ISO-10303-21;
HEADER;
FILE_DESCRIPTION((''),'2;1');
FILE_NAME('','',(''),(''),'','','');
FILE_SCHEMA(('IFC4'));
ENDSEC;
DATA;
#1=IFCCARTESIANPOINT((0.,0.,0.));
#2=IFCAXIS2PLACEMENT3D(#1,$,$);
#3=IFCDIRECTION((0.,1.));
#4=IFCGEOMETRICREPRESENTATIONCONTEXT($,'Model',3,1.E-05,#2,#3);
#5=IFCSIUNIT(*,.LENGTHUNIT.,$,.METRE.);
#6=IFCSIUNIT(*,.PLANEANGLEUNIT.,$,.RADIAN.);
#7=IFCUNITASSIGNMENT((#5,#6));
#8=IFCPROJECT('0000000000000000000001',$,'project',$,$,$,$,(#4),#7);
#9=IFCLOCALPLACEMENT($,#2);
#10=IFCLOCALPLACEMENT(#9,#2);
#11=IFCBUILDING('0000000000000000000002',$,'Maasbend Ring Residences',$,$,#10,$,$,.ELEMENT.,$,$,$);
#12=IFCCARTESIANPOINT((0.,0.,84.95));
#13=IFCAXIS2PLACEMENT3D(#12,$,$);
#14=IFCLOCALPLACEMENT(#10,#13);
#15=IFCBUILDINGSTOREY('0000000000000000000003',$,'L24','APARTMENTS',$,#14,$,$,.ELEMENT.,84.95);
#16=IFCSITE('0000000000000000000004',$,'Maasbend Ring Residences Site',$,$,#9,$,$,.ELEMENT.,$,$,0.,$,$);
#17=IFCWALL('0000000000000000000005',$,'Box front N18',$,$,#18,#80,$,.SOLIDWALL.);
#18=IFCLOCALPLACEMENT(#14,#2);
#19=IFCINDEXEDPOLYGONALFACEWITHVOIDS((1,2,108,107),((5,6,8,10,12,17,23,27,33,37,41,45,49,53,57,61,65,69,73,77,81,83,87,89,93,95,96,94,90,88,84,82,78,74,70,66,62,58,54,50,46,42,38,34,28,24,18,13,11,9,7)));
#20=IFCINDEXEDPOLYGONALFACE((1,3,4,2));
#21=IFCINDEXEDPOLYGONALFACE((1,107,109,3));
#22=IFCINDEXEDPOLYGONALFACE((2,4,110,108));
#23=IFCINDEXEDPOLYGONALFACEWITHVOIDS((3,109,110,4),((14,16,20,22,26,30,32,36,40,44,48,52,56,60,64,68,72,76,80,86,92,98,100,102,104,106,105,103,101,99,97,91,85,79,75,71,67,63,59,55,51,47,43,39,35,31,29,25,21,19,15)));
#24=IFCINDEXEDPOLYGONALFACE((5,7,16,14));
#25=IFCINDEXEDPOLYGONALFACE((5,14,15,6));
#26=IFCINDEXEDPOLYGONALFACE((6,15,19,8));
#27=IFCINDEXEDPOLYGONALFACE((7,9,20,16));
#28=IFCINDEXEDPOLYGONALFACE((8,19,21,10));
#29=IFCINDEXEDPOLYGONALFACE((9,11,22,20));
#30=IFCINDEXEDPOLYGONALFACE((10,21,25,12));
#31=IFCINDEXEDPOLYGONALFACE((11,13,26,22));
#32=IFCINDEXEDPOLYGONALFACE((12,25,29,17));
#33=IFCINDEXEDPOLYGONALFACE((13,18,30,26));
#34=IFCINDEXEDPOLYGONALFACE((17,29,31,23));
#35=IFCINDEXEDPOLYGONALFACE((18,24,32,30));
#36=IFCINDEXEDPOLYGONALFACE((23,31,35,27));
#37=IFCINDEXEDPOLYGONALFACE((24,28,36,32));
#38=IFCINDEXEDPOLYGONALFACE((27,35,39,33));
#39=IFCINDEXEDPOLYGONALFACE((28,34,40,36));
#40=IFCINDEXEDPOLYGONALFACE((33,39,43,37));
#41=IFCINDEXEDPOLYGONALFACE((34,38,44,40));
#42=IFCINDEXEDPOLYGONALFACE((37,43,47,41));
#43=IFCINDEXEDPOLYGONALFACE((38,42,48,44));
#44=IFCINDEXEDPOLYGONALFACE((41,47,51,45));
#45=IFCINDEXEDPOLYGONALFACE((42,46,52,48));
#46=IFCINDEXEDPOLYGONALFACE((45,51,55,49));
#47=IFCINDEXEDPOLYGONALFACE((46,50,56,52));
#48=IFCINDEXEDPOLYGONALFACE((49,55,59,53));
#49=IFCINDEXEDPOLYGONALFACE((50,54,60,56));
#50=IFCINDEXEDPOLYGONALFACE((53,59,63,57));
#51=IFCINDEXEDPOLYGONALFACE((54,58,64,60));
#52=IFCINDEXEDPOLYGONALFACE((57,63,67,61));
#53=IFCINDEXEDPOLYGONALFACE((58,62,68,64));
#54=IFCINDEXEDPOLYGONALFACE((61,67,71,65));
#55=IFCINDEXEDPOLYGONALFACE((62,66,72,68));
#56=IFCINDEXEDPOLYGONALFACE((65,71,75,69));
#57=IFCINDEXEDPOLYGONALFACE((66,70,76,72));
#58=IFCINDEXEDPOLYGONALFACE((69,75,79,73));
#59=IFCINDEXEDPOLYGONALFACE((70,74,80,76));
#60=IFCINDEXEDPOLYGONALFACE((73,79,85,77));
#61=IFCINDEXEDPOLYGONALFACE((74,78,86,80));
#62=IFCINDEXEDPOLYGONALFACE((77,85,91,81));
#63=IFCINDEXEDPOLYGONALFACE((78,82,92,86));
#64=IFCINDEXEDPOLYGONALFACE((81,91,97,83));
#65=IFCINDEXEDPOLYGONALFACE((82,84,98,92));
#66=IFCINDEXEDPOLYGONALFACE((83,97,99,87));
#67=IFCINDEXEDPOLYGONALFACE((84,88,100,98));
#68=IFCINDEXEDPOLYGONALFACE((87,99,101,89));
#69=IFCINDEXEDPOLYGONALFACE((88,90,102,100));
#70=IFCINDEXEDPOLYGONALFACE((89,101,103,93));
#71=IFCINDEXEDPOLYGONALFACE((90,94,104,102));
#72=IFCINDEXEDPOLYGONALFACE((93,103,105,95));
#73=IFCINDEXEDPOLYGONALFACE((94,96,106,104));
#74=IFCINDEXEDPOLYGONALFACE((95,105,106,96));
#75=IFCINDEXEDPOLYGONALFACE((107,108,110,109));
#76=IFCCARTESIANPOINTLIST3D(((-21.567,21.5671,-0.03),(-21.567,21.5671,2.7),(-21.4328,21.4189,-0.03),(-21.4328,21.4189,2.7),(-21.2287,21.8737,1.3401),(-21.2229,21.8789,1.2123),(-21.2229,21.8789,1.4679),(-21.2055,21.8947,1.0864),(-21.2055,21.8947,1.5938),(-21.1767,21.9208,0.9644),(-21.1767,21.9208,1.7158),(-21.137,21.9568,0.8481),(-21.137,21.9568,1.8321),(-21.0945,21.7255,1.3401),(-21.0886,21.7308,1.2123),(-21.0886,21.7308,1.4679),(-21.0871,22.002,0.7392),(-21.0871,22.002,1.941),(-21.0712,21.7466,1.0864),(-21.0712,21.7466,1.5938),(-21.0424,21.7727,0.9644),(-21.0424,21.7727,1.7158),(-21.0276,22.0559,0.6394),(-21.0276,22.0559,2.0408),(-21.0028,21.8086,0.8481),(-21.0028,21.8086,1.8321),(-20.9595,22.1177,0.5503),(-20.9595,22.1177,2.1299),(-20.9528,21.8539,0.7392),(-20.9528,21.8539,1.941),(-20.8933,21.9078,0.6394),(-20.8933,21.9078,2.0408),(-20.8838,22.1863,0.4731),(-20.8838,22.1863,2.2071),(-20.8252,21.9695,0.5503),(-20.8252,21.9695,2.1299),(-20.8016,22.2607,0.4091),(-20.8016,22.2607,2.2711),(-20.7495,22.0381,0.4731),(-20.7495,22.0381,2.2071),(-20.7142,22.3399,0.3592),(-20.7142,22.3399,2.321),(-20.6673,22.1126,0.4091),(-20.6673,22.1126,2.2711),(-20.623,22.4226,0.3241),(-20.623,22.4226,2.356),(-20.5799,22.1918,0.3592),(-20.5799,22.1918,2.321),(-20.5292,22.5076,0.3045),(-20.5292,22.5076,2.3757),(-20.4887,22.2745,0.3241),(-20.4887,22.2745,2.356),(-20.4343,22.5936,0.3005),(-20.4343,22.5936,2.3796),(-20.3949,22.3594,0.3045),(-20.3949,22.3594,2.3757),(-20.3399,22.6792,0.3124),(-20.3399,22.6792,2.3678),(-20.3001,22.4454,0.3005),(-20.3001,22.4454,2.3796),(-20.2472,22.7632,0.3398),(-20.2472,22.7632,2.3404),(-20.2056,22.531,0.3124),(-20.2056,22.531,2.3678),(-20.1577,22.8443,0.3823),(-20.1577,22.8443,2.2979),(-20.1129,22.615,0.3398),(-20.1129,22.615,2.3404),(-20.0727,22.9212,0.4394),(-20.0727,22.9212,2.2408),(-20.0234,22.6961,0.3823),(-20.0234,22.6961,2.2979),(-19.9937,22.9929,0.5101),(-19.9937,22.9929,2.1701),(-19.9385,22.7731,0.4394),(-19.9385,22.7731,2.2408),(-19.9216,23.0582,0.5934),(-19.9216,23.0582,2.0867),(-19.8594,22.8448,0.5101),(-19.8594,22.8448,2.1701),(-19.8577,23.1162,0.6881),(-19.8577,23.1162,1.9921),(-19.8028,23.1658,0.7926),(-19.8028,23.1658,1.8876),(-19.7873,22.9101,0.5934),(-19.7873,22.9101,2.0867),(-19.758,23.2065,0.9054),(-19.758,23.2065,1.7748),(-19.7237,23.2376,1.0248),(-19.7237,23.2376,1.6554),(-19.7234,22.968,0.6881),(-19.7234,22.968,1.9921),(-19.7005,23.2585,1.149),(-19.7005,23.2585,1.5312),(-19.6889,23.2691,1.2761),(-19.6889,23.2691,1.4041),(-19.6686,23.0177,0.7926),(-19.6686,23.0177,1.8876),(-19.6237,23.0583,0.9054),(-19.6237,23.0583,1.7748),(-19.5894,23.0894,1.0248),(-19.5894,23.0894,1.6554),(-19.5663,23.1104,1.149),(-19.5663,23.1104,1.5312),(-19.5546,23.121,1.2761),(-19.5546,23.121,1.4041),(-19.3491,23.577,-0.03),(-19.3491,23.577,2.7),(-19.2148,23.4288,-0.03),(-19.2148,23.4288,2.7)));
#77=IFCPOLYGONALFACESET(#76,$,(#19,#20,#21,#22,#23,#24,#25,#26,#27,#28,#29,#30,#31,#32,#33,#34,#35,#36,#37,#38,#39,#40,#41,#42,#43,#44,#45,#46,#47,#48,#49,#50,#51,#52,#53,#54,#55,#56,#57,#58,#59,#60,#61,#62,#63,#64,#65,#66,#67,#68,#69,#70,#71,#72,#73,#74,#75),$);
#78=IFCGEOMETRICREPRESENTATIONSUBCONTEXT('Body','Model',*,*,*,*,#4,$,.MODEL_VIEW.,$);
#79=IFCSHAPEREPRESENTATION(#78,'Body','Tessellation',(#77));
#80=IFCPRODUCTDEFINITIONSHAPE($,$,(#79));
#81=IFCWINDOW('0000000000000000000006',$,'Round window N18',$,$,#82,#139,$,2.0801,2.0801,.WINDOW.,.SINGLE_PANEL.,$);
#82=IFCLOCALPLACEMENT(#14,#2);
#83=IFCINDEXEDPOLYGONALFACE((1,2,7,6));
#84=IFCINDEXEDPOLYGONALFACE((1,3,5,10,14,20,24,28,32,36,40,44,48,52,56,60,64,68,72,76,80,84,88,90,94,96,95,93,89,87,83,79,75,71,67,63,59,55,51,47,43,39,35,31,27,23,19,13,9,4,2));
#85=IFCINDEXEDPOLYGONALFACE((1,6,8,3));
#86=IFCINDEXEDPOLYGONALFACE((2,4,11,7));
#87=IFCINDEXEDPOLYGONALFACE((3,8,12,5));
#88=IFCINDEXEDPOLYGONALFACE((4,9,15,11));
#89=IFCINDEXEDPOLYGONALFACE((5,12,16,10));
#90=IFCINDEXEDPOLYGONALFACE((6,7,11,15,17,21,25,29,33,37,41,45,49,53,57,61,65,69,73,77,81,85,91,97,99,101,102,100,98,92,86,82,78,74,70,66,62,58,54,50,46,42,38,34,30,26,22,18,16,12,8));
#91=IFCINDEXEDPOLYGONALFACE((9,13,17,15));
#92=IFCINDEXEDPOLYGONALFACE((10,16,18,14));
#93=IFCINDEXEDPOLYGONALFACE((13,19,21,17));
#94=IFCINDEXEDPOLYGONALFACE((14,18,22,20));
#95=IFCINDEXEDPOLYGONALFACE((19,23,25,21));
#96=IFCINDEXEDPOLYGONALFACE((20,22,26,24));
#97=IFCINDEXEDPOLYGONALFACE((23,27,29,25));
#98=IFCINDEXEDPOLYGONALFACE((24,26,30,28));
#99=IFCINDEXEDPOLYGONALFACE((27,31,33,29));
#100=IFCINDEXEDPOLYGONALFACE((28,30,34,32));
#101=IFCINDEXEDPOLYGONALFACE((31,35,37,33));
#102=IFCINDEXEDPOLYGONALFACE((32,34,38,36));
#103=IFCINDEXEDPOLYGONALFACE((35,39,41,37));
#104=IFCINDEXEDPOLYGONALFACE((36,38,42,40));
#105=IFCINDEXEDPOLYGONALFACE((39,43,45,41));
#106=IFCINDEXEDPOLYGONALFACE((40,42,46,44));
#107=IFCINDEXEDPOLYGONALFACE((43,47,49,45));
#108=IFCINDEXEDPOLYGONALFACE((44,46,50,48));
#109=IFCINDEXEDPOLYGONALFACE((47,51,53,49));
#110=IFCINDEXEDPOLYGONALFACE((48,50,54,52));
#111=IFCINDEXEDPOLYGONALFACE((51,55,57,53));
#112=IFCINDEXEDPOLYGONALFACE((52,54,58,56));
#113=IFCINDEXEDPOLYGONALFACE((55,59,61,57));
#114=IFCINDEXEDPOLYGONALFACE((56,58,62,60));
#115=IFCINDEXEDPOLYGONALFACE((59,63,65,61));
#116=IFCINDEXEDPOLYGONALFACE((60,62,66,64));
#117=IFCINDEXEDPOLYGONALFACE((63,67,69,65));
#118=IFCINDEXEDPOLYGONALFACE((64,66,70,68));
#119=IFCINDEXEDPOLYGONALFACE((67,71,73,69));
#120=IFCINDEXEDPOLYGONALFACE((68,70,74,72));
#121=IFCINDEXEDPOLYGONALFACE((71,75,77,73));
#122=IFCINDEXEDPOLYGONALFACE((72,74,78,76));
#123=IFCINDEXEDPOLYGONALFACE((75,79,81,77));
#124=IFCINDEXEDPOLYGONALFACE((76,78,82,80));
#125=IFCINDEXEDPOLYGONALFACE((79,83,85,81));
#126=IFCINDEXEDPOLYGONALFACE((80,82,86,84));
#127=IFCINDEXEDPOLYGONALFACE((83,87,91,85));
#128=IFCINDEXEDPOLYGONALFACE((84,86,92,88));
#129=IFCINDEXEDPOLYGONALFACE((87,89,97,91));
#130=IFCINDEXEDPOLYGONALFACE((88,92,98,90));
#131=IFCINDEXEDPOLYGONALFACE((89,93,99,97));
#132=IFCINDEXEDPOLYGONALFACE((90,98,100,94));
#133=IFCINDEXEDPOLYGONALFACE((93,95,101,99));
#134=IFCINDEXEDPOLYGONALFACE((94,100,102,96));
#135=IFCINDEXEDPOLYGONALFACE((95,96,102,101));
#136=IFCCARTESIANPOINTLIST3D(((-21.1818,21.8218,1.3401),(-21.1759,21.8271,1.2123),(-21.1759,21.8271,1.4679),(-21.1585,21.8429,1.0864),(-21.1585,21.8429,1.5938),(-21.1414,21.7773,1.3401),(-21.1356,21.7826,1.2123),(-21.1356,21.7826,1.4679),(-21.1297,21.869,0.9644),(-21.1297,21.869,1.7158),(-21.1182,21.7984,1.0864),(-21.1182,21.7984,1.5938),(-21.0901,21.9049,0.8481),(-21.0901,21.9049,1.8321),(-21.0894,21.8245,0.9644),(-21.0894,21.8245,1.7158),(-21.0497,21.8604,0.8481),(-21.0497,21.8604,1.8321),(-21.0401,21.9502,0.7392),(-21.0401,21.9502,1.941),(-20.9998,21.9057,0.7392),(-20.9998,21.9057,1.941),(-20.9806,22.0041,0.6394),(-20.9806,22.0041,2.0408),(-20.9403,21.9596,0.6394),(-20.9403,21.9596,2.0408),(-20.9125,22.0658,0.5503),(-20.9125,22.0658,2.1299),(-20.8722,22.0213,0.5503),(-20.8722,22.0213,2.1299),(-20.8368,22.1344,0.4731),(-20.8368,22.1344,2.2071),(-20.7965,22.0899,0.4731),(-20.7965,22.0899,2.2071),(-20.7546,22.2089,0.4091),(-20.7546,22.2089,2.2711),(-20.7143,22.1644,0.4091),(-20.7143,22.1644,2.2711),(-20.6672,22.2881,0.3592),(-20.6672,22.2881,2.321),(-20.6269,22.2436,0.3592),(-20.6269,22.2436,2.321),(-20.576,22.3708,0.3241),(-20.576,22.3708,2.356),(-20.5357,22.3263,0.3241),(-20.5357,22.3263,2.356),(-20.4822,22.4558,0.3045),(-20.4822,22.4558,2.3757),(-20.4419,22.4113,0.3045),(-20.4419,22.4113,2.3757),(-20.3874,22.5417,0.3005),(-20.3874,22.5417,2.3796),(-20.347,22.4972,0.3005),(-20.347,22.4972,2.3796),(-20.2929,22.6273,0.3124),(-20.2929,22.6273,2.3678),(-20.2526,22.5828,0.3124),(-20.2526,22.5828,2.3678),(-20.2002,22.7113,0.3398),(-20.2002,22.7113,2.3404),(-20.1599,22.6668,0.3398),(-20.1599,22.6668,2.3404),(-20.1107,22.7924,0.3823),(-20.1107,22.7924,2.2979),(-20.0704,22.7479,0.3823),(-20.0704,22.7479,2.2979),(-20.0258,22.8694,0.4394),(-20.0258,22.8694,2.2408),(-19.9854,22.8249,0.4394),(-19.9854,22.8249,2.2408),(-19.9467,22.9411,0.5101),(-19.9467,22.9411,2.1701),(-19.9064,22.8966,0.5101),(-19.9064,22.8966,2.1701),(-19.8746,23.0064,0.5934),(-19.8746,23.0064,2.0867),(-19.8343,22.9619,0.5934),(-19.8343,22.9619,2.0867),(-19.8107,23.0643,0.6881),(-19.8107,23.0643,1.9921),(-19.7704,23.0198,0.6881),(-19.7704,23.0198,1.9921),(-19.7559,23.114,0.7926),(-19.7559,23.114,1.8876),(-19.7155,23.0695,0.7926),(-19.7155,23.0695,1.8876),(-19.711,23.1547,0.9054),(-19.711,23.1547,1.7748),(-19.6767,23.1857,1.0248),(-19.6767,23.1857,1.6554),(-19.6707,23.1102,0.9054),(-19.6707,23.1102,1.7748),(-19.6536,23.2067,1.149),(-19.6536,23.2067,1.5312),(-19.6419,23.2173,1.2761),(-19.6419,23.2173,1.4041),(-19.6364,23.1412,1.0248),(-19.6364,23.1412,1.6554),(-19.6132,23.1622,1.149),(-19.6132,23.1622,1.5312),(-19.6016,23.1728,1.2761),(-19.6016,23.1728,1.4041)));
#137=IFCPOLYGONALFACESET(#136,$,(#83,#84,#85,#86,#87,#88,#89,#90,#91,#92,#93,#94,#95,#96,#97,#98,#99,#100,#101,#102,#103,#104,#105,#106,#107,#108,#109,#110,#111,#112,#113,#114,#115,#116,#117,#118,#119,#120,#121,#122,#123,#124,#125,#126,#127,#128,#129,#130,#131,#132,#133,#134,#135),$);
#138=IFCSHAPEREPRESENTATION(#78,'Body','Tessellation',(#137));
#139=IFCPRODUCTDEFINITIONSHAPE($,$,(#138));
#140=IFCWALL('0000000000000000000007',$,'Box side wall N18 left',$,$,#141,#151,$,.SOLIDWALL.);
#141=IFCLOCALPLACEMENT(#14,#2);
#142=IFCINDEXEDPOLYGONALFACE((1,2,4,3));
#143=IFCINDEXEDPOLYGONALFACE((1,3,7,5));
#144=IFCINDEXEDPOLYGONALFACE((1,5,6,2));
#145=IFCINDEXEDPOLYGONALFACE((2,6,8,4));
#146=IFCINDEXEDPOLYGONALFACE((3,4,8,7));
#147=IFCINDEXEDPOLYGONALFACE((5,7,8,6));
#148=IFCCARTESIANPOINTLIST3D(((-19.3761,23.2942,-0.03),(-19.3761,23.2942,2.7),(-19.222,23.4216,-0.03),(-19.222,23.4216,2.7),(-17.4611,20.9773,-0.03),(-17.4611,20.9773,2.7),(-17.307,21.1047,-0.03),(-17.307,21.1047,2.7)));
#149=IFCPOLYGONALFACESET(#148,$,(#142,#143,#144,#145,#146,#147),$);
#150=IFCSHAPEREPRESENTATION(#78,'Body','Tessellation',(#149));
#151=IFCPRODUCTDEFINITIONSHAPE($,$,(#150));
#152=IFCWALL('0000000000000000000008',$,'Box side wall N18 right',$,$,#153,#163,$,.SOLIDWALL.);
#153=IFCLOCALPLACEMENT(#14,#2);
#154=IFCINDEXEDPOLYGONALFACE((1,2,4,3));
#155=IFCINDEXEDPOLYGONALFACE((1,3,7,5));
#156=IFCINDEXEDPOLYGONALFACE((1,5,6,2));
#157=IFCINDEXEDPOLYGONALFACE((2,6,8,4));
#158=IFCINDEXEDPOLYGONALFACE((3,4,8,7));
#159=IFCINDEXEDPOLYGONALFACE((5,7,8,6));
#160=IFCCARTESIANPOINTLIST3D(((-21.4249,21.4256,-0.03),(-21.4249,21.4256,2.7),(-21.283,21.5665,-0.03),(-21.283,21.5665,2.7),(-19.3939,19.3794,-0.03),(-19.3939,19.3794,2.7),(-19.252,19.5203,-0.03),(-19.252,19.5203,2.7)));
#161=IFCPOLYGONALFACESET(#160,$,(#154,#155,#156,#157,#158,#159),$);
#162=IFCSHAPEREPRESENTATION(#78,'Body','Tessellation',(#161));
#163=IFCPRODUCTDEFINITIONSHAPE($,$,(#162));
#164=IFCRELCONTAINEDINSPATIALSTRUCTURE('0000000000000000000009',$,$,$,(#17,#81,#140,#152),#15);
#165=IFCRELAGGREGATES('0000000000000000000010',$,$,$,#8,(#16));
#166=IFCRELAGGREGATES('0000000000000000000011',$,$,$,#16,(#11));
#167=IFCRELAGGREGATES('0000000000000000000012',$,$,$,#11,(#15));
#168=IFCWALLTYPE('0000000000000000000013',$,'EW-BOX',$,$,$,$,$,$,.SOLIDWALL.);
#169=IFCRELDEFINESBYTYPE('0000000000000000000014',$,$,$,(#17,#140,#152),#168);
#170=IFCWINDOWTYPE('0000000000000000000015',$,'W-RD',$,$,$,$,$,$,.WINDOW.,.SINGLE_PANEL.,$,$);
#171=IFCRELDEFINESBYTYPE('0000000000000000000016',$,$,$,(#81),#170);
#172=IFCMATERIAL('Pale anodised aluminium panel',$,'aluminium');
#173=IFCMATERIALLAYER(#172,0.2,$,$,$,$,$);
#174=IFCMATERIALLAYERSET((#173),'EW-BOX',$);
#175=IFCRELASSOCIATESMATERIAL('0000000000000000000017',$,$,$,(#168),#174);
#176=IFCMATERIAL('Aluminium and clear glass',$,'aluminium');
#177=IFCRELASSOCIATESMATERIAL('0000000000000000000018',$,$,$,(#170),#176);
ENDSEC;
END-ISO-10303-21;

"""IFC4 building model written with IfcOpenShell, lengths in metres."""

from ifc_helpers import new_model, si_unit, direction, frame, frame_2d, origin, place, context, subcontext, project, spatial, rectangle, circle, extrude, material, layer, layer_set, type_object, element, fill, save


model = new_model("IFC4")

# Units and contexts
model_context = context("Model", 3, precision=1e-05, world=origin(), true_north=direction((0.0, 1.0)))
body_context = subcontext(model_context, "Body", "Model", "MODEL_VIEW")
ifc_project = project(units=[si_unit("LENGTHUNIT", "METRE"), si_unit("PLANEANGLEUNIT", "RADIAN")], contexts=[model_context])

# Site, building, storey
site_placement = place(None, origin())
site = spatial("IfcSite", under=ifc_project, at=site_placement, Name="Maasbend Ring Residences Site", CompositionType="ELEMENT", RefElevation=0.0)
building_placement = place(site_placement, origin())
building = spatial("IfcBuilding", under=site, at=building_placement, Name="Maasbend Ring Residences", CompositionType="ELEMENT")
storey_placement = place(building_placement, frame((0.0, 0.0, 84.95)))
storey = spatial("IfcBuildingStorey", under=building, at=storey_placement, Name="L24", Description="APARTMENTS", CompositionType="ELEMENT", Elevation=84.95)

# Wall, opening, window
ifc_material_1 = material(Name="Pale anodised aluminium panel", Category="aluminium")
ifc_layer_1 = layer(ifc_material_1, 0.2)
ifc_layer_set_1 = layer_set([ifc_layer_1], Name="EW-BOX")
wall_type_1 = type_object("IfcWallType", Name="EW-BOX", PredefinedType="SOLIDWALL", material=ifc_layer_set_1)
wall_1_placement = place(storey_placement, frame((-19.282, 23.5029, -0.03), z_axis=(0.0, 0.0, 1.0), x_axis=(-0.740998, -0.671507, 0.0)))
wall_1 = element("IfcWall", 1, at=wall_1_placement, inside=storey, type_object=wall_type_1, Name="Box front N18", PredefinedType="SOLIDWALL", context=body_context, shape_type="SweptSolid", body=[
    extrude(rectangle(XDim=2.9932, YDim=0.2, at=frame_2d((1.4966, 0.0))), origin(), (0.0, 0.0, 1.0), 2.73),
])
opening_1_placement = place(wall_1_placement, frame((0.4565, 0.0, 0.3301)))
opening_1 = element("IfcOpeningElement", 2, at=opening_1_placement, cuts=wall_1, PredefinedType="OPENING", context=body_context, shape_type="SweptSolid", body=[
    extrude(circle(Radius=1.04, at=frame_2d((1.04, 1.04))), frame((0.0, 0.1099, 0.0), z_axis=(0.0, -1.0, 0.0), x_axis=(1.0, 0.0, 0.0)), (0.0, 0.0, 1.0), 0.22),
])
ifc_material_2 = material(Name="Aluminium and clear glass", Category="aluminium")
window_type_1 = type_object("IfcWindowType", Name="W-RD", PartitioningType="SINGLE_PANEL", PredefinedType="WINDOW", material=ifc_material_2)
window_1_placement = place(opening_1_placement, origin())
window_1 = element("IfcWindow", 3, at=window_1_placement, inside=storey, type_object=window_type_1, Name="Round window N18", OverallHeight=2.0801, OverallWidth=2.0801, PartitioningType="SINGLE_PANEL", PredefinedType="WINDOW", context=body_context, shape_type="SweptSolid", body=[
    extrude(circle(Radius=1.04, at=frame_2d((1.04, 1.04))), frame((0.0, 0.03, 0.0), z_axis=(0.0, -1.0, 0.0), x_axis=(1.0, 0.0, 0.0)), (0.0, 0.0, 1.0), 0.0601),
])
fill(opening_1, window_1)

# Walls
wall_2_placement = place(storey_placement, frame((-17.384, 21.041, -0.03), z_axis=(0.0, 0.0, 1.0), x_axis=(-0.637096, 0.770785, 0.0)))
element("IfcWall", 4, at=wall_2_placement, inside=storey, type_object=wall_type_1, Name="Box side wall N18 left", PredefinedType="SOLIDWALL", context=body_context, shape_type="SweptSolid", body=[
    extrude(rectangle(XDim=3.0059, YDim=0.2, at=frame_2d((1.5029, 0.0))), origin(), (0.0, 0.0, 1.0), 2.73),
])
wall_3_placement = place(storey_placement, frame((-19.323, 19.45, -0.03), z_axis=(0.0, 0.0, 1.0), x_axis=(-0.704477, 0.709727, 0.0)))
element("IfcWall", 5, at=wall_3_placement, inside=storey, type_object=wall_type_1, Name="Box side wall N18 right", PredefinedType="SOLIDWALL", context=body_context, shape_type="SweptSolid", body=[
    extrude(rectangle(XDim=2.8831, YDim=0.2, at=frame_2d((1.4414, 0.0))), origin(), (0.0, 0.0, 1.0), 2.73),
])

save(model, "model.ifc")
